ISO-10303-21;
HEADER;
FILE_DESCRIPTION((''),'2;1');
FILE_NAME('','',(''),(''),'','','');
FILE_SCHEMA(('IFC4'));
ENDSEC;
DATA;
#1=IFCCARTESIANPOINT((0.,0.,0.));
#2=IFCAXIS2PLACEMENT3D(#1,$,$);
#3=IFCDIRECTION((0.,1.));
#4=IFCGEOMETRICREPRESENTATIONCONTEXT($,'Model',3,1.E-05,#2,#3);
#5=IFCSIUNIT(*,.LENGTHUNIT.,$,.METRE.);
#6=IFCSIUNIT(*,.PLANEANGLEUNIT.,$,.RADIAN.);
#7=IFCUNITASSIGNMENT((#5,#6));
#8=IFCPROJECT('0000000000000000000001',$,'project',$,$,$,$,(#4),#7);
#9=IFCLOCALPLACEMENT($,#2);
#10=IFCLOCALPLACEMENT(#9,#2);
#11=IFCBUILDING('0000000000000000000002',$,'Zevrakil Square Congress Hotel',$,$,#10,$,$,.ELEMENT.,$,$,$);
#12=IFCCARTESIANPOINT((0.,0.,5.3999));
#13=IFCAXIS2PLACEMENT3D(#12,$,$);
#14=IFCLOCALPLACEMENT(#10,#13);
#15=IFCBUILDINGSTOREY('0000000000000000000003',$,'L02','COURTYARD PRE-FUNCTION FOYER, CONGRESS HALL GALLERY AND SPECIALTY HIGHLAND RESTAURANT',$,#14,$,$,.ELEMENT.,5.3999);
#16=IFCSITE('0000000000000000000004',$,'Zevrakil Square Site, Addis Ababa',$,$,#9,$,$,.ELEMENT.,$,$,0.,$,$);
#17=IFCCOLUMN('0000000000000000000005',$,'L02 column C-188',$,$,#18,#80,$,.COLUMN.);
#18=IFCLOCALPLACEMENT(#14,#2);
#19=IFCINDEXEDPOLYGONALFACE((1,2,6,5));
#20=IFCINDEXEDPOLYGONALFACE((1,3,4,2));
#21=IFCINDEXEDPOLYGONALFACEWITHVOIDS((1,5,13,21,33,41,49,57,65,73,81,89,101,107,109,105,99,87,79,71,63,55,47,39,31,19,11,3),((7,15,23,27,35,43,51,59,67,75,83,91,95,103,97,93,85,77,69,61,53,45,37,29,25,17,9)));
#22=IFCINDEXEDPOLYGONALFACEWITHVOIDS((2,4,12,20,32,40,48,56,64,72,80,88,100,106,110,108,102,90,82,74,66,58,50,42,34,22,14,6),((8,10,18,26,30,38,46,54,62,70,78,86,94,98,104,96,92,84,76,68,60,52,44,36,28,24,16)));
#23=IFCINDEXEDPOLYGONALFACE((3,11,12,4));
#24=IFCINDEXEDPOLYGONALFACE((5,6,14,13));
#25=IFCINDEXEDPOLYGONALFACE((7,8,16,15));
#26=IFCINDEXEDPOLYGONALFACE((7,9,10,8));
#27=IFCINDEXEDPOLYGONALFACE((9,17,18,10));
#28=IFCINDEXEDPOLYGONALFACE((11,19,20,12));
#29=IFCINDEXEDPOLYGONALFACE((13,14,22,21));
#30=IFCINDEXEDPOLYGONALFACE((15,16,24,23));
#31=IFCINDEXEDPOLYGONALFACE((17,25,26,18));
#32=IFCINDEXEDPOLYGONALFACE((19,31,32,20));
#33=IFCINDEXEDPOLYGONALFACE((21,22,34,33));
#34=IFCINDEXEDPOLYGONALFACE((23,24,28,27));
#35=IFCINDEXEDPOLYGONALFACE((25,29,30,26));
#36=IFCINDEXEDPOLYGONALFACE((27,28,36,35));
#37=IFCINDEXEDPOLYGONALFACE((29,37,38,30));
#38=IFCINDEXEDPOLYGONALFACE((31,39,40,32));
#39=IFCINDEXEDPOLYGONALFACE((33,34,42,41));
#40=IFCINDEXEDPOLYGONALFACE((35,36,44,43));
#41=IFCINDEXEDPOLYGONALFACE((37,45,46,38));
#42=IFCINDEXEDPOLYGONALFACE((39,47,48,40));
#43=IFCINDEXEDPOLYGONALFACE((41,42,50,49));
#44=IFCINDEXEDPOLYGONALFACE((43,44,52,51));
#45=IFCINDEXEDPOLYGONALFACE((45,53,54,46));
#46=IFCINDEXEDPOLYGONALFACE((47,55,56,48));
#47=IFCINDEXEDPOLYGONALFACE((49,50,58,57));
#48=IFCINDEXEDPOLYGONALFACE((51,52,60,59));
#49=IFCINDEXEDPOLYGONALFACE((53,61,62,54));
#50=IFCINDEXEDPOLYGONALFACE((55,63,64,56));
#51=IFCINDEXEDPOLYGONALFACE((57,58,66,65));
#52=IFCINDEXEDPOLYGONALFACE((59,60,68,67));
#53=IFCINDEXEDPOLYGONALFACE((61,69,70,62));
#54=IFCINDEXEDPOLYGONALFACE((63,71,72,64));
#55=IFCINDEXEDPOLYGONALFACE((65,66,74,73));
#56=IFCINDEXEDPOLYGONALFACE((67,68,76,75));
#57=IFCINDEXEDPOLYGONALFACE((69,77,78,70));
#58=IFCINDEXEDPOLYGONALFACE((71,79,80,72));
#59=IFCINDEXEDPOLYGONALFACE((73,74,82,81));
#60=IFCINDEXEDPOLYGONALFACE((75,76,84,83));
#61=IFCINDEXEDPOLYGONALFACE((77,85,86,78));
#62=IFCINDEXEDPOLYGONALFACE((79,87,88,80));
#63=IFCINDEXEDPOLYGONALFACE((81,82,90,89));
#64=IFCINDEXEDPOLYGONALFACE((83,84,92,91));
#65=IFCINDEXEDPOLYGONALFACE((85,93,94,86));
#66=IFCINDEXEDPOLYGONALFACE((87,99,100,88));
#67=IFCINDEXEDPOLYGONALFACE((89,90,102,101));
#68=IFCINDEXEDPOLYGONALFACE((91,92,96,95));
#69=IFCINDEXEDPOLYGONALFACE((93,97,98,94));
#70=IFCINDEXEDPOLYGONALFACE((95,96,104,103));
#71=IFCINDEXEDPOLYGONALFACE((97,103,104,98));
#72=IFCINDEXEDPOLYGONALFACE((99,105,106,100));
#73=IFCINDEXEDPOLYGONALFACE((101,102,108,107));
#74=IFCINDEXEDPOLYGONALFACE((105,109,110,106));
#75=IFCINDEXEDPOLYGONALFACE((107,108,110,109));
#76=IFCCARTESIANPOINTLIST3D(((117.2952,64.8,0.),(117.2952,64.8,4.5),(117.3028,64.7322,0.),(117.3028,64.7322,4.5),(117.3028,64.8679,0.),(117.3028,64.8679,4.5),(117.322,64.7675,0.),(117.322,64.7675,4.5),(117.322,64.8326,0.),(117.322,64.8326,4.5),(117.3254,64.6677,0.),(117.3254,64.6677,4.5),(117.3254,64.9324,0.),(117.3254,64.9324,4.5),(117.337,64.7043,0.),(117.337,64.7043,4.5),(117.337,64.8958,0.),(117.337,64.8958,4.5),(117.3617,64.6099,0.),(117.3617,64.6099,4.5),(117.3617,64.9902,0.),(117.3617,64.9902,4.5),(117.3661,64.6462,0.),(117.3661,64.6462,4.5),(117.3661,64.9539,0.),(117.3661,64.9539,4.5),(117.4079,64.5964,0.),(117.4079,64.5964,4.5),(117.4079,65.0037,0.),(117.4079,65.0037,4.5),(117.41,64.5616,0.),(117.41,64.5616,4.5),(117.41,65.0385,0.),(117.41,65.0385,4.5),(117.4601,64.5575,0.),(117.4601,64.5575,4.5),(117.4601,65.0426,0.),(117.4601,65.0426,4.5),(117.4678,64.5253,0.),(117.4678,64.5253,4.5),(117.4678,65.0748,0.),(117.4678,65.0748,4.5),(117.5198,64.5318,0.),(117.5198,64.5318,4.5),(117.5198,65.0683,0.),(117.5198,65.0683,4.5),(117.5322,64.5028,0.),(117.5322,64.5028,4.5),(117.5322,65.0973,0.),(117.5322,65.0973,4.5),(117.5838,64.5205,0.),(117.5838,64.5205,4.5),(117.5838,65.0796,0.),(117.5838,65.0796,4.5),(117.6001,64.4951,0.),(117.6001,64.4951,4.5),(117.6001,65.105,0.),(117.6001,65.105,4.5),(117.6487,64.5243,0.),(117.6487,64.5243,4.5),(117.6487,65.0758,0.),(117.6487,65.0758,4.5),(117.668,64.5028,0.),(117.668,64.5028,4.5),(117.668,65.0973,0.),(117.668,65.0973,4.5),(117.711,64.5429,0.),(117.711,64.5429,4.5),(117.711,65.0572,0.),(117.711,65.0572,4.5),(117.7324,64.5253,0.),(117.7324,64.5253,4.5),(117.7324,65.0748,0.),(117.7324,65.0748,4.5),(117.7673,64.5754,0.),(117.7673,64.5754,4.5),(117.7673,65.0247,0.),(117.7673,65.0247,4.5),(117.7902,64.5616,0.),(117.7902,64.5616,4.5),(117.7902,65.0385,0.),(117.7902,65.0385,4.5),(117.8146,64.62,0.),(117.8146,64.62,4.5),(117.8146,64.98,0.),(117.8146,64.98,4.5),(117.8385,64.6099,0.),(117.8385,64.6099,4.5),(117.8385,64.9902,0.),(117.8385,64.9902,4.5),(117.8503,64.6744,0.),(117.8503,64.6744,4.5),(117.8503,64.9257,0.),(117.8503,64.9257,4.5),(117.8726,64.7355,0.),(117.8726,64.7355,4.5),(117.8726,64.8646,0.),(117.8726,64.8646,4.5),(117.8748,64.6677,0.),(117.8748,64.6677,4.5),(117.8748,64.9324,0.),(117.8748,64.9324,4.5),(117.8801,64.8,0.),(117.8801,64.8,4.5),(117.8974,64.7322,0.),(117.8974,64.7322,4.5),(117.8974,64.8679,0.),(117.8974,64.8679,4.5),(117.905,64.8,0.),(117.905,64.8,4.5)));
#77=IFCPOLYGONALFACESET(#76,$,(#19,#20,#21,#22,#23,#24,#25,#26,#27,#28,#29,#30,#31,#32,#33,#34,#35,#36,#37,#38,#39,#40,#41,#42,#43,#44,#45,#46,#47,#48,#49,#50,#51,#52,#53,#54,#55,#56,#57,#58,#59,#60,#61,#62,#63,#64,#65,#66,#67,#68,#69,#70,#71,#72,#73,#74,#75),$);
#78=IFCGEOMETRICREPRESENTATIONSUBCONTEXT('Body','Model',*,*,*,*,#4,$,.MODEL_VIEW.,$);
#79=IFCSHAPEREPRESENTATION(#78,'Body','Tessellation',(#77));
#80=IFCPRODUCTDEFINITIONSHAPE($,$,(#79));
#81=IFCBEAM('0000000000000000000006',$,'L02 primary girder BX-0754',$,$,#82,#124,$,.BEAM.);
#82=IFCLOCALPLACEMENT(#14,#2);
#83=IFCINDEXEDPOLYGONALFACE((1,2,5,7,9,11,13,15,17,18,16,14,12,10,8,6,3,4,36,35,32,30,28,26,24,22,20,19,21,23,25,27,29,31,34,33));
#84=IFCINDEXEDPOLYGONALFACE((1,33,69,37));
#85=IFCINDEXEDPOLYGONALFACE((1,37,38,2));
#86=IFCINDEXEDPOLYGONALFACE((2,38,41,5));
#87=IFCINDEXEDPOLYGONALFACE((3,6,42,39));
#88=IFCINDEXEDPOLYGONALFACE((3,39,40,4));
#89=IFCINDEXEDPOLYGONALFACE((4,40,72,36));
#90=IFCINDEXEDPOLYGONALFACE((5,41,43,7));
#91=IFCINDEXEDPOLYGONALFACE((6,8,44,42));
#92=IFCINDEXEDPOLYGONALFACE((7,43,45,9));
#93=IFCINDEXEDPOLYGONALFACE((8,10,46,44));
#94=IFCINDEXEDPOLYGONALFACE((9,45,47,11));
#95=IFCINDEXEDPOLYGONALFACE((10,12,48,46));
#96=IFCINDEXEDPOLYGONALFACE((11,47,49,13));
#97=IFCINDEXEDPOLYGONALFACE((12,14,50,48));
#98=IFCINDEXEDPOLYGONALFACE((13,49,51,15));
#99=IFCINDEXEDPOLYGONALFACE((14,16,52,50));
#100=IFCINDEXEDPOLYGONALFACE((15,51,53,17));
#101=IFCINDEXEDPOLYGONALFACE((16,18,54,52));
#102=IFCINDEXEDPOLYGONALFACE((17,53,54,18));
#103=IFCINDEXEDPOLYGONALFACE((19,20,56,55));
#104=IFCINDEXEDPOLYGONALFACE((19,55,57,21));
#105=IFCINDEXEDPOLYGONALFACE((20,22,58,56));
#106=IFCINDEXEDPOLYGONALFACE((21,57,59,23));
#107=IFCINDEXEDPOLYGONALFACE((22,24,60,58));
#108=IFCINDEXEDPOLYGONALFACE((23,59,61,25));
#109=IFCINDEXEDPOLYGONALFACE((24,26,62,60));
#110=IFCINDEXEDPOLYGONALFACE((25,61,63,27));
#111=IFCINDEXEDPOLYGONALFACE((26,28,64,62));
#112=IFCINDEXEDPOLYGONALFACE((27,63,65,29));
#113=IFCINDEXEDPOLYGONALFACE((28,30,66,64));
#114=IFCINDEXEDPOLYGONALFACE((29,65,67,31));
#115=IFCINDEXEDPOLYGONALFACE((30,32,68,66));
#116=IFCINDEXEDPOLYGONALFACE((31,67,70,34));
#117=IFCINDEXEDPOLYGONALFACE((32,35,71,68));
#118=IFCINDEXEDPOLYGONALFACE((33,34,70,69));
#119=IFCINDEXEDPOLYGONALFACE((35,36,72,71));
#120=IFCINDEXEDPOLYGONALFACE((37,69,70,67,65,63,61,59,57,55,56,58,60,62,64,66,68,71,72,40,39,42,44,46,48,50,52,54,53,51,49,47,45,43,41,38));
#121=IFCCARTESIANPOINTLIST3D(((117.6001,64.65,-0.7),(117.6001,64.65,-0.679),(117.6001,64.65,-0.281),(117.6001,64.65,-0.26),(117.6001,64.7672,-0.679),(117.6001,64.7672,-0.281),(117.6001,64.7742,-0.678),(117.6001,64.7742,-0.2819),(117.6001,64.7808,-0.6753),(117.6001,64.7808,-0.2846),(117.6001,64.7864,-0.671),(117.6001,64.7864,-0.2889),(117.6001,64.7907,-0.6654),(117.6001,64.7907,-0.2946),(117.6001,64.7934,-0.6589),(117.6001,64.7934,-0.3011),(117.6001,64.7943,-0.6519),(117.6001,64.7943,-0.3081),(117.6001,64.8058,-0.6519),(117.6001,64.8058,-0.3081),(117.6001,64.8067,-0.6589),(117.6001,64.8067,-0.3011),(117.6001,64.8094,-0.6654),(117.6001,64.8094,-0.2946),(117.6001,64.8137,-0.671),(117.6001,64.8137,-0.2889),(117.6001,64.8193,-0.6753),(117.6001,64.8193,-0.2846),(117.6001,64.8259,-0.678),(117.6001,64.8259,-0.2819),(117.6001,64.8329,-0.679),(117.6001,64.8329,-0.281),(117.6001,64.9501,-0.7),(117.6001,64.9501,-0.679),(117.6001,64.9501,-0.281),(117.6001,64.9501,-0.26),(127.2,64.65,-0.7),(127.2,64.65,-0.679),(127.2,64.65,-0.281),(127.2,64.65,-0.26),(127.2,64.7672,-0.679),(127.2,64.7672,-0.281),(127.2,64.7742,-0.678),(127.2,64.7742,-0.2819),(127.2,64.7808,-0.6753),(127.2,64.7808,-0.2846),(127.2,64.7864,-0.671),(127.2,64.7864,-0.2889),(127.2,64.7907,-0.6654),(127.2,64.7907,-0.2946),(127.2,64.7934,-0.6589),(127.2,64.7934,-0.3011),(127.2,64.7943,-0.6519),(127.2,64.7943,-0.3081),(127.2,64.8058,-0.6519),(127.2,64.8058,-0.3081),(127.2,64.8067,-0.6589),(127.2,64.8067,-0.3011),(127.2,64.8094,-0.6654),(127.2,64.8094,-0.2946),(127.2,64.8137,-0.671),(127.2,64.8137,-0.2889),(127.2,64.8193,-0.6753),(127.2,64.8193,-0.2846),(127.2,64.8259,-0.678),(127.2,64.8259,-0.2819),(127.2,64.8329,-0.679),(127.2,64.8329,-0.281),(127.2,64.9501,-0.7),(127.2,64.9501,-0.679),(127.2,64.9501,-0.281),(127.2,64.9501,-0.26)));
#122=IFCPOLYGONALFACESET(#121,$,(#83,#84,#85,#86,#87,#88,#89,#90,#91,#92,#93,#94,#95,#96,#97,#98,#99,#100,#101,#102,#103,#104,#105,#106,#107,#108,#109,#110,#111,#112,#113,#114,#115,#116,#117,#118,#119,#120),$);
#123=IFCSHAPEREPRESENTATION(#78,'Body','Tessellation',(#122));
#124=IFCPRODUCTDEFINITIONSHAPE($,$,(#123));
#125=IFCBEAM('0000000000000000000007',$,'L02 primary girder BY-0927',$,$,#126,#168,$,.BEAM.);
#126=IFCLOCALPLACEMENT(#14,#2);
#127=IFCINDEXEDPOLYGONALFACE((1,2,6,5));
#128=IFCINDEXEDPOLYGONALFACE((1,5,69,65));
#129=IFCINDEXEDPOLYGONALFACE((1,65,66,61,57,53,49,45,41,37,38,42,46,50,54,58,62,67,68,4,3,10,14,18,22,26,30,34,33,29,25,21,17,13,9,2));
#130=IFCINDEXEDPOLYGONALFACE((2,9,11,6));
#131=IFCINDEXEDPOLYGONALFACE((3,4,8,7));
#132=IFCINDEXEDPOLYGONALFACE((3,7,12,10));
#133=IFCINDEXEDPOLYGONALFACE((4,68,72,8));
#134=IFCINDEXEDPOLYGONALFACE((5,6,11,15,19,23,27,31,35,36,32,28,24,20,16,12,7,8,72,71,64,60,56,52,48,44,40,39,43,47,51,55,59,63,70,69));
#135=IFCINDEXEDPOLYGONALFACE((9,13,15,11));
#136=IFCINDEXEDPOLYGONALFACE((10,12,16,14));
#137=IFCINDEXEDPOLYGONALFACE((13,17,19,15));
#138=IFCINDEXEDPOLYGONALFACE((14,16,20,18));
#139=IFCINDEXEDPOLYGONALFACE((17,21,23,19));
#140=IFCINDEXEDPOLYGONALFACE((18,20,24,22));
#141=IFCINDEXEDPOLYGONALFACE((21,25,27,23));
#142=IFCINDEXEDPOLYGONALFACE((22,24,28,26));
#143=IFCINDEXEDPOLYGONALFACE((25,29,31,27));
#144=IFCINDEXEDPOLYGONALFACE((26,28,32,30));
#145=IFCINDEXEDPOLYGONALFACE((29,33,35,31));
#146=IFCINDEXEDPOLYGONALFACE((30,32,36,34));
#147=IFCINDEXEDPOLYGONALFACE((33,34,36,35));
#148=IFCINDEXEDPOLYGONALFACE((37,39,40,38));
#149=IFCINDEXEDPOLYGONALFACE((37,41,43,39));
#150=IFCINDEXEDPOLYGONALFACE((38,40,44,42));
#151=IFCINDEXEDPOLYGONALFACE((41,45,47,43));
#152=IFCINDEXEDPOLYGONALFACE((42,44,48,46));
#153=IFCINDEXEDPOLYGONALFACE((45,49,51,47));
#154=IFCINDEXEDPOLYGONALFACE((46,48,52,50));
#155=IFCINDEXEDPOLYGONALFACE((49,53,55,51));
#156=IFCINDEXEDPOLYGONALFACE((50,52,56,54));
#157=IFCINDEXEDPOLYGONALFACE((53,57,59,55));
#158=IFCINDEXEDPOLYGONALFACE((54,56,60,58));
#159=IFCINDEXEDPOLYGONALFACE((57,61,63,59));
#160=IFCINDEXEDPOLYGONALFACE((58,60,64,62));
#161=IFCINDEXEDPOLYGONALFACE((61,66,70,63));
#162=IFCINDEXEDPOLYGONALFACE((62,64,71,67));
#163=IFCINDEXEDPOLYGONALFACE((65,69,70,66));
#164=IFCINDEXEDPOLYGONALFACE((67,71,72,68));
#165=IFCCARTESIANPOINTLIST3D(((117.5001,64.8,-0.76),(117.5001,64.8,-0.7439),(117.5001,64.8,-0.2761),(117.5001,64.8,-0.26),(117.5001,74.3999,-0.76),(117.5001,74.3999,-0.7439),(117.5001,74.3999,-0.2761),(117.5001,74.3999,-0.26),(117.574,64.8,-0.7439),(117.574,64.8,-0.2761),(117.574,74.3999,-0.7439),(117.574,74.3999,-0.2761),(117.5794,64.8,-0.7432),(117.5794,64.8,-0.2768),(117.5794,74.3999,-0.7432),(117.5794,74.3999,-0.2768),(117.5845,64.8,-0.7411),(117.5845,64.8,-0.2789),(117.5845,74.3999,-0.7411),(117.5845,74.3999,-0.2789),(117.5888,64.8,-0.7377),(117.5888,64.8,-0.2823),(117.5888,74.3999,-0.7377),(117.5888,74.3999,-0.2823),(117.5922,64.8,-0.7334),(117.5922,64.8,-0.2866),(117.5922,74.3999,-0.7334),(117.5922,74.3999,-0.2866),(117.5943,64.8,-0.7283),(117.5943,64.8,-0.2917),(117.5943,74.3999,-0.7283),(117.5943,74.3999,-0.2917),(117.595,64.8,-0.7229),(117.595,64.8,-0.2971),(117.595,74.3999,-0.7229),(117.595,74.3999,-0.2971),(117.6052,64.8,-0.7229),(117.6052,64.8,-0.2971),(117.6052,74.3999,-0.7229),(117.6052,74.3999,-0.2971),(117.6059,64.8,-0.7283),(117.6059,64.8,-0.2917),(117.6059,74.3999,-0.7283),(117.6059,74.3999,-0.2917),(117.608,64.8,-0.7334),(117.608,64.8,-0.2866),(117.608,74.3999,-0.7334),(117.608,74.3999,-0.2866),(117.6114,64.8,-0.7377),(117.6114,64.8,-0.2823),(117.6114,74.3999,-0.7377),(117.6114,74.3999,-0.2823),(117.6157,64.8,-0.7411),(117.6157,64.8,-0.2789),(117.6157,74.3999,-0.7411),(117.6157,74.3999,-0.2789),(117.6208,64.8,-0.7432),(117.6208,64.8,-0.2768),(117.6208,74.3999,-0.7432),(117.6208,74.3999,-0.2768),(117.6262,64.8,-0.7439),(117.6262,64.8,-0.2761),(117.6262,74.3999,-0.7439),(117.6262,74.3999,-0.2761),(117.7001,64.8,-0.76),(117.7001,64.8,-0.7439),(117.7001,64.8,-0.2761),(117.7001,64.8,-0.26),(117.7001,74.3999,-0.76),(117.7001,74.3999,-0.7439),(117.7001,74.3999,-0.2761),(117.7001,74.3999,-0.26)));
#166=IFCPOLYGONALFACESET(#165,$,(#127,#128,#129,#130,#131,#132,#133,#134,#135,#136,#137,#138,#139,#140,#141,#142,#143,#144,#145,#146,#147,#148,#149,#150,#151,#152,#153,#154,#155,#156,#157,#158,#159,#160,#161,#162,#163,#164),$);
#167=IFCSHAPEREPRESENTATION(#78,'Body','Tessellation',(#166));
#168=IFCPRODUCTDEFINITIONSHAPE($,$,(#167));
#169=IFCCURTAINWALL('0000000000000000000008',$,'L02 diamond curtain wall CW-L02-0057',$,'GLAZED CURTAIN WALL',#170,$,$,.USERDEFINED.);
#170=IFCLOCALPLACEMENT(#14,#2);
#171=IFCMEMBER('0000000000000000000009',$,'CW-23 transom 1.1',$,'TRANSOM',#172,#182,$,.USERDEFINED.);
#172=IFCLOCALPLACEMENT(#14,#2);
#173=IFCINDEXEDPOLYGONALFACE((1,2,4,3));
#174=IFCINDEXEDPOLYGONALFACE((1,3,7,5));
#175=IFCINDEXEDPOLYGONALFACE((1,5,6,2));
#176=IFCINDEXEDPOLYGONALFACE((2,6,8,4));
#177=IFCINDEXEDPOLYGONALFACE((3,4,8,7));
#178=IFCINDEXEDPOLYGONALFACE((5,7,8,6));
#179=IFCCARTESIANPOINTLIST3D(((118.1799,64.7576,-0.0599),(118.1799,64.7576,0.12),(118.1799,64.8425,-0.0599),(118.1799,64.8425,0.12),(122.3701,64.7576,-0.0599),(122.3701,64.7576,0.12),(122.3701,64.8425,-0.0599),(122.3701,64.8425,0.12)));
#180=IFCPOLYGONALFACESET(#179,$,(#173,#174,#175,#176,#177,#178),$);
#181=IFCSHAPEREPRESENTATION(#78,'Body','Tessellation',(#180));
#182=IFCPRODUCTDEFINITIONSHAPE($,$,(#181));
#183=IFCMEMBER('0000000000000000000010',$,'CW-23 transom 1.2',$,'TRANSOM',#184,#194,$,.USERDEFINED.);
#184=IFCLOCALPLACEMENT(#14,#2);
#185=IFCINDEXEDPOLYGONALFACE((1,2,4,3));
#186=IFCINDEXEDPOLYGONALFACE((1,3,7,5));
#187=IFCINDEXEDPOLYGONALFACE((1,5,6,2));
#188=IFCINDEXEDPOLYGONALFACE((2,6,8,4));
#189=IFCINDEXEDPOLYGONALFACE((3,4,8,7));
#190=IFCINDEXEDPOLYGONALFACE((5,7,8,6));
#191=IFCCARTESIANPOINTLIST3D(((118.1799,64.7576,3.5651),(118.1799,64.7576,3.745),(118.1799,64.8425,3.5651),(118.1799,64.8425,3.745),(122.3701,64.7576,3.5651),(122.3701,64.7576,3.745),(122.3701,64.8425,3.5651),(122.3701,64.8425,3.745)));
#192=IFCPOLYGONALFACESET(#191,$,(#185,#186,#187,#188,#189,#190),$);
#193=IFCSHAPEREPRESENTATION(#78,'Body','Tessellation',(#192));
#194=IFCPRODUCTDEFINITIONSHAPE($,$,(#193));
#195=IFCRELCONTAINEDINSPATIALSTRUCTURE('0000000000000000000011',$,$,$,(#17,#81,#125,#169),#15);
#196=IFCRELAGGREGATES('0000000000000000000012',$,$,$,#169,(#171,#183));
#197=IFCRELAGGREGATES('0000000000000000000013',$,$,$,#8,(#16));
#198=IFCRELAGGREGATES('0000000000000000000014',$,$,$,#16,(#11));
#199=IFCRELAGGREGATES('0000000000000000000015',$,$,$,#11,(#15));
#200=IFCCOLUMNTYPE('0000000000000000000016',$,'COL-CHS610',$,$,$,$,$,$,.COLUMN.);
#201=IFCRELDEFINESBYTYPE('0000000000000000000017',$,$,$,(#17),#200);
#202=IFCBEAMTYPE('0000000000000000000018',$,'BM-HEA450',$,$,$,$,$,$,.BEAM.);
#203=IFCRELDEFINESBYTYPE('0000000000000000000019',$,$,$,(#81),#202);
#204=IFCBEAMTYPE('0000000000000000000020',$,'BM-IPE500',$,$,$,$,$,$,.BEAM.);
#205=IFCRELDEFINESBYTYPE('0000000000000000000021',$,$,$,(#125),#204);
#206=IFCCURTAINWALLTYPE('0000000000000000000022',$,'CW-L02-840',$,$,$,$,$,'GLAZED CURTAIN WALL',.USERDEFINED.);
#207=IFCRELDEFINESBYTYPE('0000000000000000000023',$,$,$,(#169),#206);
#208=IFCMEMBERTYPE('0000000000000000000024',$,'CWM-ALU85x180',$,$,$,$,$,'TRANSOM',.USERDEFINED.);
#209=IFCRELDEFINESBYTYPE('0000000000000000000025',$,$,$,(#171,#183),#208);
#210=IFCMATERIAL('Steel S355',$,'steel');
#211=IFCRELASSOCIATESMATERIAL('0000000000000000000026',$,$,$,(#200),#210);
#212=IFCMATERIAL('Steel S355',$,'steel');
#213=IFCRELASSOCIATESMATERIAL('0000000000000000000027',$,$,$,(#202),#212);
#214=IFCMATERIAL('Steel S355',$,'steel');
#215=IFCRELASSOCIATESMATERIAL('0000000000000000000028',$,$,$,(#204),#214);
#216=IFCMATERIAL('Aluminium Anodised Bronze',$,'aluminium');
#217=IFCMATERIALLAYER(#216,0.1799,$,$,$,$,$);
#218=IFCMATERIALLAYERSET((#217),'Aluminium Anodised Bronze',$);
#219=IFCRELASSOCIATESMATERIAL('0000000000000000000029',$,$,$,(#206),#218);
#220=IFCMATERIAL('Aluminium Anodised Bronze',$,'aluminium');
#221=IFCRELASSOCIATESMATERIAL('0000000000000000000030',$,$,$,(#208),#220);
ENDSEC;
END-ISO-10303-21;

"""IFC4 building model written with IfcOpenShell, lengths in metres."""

from ifc_helpers import new_model, si_unit, direction, frame, origin, origin_2d, place, context, subcontext, project, spatial, rectangle, hollow_circle, i_section, extrude, material, layer, layer_set, material_profile, profile_set, type_object, element, aggregate, save


model = new_model("IFC4")

# Units and contexts
model_context = context("Model", 3, precision=1e-05, world=origin(), true_north=direction((0.0, 1.0)))
body_context = subcontext(model_context, "Body", "Model", "MODEL_VIEW")
ifc_project = project(units=[si_unit("LENGTHUNIT", "METRE"), si_unit("PLANEANGLEUNIT", "RADIAN")], contexts=[model_context])

# Site, building, storey
site_placement = place(None, origin())
site = spatial("IfcSite", under=ifc_project, at=site_placement, Name="Zevrakil Square Site, Addis Ababa", CompositionType="ELEMENT", RefElevation=0.0)
building_placement = place(site_placement, origin())
building = spatial("IfcBuilding", under=site, at=building_placement, Name="Zevrakil Square Congress Hotel", CompositionType="ELEMENT")
storey_placement = place(building_placement, frame((0.0, 0.0, 5.3999)))
storey = spatial("IfcBuildingStorey", under=building, at=storey_placement, Name="L02", Description="COURTYARD PRE-FUNCTION FOYER, CONGRESS HALL GALLERY AND SPECIALTY HIGHLAND RESTAURANT", CompositionType="ELEMENT", Elevation=5.3999)

# Column
ifc_material_1 = material(Name="Steel S355", Category="steel")
ifc_material_profile_1 = material_profile(ifc_material_1, hollow_circle(Radius=0.3049, WallThickness=0.0249, at=origin_2d()), Name="CHS 610x25")
ifc_profile_set_1 = profile_set([ifc_material_profile_1], Name="Steel S355")
column_type = type_object("IfcColumnType", Name="COL-CHS610", PredefinedType="COLUMN", material=ifc_profile_set_1)
column_placement = place(storey_placement, frame((117.6001, 64.8, 0.0), z_axis=(0.0, 0.0, 1.0), x_axis=(1.0, 0.0, 0.0)))
element("IfcColumn", 1, at=column_placement, inside=storey, type_object=column_type, Name="L02 column C-188", PredefinedType="COLUMN", context=body_context, shape_type="SweptSolid", body=[
    extrude(hollow_circle(Radius=0.3049, WallThickness=0.0249, at=origin_2d()), origin(), (0.0, 0.0, 1.0), 4.5),
])

# Beams
ifc_material_2 = material(Name="Steel S355", Category="steel")
ifc_material_profile_2 = material_profile(ifc_material_2, i_section(OverallWidth=0.3, OverallDepth=0.4399, WebThickness=0.0115, FlangeThickness=0.021, FilletRadius=0.0271, at=origin_2d()), Name="HEA 450")
ifc_profile_set_2 = profile_set([ifc_material_profile_2], Name="Steel S355")
beam_type_1 = type_object("IfcBeamType", Name="BM-HEA450", PredefinedType="BEAM", material=ifc_profile_set_2)
beam_1_placement = place(storey_placement, frame((117.6001, 64.8, -0.48), z_axis=(1.0, 0.0, 0.0), x_axis=(0.0, 1.0, 0.0)))
element("IfcBeam", 2, at=beam_1_placement, inside=storey, type_object=beam_type_1, Name="L02 primary girder BX-0754", PredefinedType="BEAM", context=body_context, shape_type="SweptSolid", body=[
    extrude(i_section(OverallWidth=0.3, OverallDepth=0.4399, WebThickness=0.0115, FlangeThickness=0.021, FilletRadius=0.0271, at=origin_2d()), origin(), (0.0, 0.0, 1.0), 9.5999),
])
ifc_material_3 = material(Name="Steel S355", Category="steel")
ifc_material_profile_3 = material_profile(ifc_material_3, i_section(OverallWidth=0.2, OverallDepth=0.5, WebThickness=0.0103, FlangeThickness=0.0161, FilletRadius=0.021, at=origin_2d()), Name="IPE 500")
ifc_profile_set_3 = profile_set([ifc_material_profile_3], Name="Steel S355")
beam_type_2 = type_object("IfcBeamType", Name="BM-IPE500", PredefinedType="BEAM", material=ifc_profile_set_3)
beam_2_placement = place(storey_placement, frame((117.6001, 64.8, -0.51), z_axis=(0.0, 1.0, 0.0), x_axis=(-1.0, 0.0, 0.0)))
element("IfcBeam", 3, at=beam_2_placement, inside=storey, type_object=beam_type_2, Name="L02 primary girder BY-0927", PredefinedType="BEAM", context=body_context, shape_type="SweptSolid", body=[
    extrude(i_section(OverallWidth=0.2, OverallDepth=0.5, WebThickness=0.0103, FlangeThickness=0.0161, FilletRadius=0.021, at=origin_2d()), origin(), (0.0, 0.0, 1.0), 9.5999),
])

# Curtain wall, members
ifc_material_4 = material(Name="Aluminium Anodised Bronze", Category="aluminium")
ifc_layer_1 = layer(ifc_material_4, 0.1799)
ifc_layer_set_1 = layer_set([ifc_layer_1], Name="Aluminium Anodised Bronze")
curtain_wall_type = type_object("IfcCurtainWallType", Name="CW-L02-840", ElementType="GLAZED CURTAIN WALL", PredefinedType="USERDEFINED", material=ifc_layer_set_1)
curtain_wall_placement = place(storey_placement, origin())
curtain_wall = element("IfcCurtainWall", 4, at=curtain_wall_placement, inside=storey, type_object=curtain_wall_type, Name="L02 diamond curtain wall CW-L02-0057", ObjectType="GLAZED CURTAIN WALL", PredefinedType="USERDEFINED")
ifc_material_5 = material(Name="Aluminium Anodised Bronze", Category="aluminium")
ifc_material_profile_4 = material_profile(ifc_material_5, rectangle(XDim=0.085, YDim=0.1799, at=origin_2d()), Name="ALU 85x180")
ifc_profile_set_4 = profile_set([ifc_material_profile_4], Name="Aluminium Anodised Bronze")
member_type_1 = type_object("IfcMemberType", Name="CWM-ALU85x180", ElementType="TRANSOM", PredefinedType="USERDEFINED", material=ifc_profile_set_4)
member_1_placement = place(storey_placement, frame((118.1799, 64.8, 0.03), z_axis=(1.0, 0.0, 0.0), x_axis=(0.0, 1.0, 0.0)))
member_1 = element("IfcMember", 5, at=member_1_placement, type_object=member_type_1, Name="CW-23 transom 1.1", ObjectType="TRANSOM", PredefinedType="USERDEFINED", context=body_context, shape_type="SweptSolid", body=[
    extrude(rectangle(XDim=0.085, YDim=0.1799, at=origin_2d()), origin(), (0.0, 0.0, 1.0), 4.1902),
])
member_2_placement = place(storey_placement, frame((118.1799, 64.8, 3.655), z_axis=(1.0, 0.0, 0.0), x_axis=(0.0, 1.0, 0.0)))
member_2 = element("IfcMember", 6, at=member_2_placement, type_object=member_type_1, Name="CW-23 transom 1.2", ObjectType="TRANSOM", PredefinedType="USERDEFINED", context=body_context, shape_type="SweptSolid", body=[
    extrude(rectangle(XDim=0.085, YDim=0.1799, at=origin_2d()), origin(), (0.0, 0.0, 1.0), 4.1902),
])
aggregate(curtain_wall, [member_1, member_2])

save(model, "model.ifc")
